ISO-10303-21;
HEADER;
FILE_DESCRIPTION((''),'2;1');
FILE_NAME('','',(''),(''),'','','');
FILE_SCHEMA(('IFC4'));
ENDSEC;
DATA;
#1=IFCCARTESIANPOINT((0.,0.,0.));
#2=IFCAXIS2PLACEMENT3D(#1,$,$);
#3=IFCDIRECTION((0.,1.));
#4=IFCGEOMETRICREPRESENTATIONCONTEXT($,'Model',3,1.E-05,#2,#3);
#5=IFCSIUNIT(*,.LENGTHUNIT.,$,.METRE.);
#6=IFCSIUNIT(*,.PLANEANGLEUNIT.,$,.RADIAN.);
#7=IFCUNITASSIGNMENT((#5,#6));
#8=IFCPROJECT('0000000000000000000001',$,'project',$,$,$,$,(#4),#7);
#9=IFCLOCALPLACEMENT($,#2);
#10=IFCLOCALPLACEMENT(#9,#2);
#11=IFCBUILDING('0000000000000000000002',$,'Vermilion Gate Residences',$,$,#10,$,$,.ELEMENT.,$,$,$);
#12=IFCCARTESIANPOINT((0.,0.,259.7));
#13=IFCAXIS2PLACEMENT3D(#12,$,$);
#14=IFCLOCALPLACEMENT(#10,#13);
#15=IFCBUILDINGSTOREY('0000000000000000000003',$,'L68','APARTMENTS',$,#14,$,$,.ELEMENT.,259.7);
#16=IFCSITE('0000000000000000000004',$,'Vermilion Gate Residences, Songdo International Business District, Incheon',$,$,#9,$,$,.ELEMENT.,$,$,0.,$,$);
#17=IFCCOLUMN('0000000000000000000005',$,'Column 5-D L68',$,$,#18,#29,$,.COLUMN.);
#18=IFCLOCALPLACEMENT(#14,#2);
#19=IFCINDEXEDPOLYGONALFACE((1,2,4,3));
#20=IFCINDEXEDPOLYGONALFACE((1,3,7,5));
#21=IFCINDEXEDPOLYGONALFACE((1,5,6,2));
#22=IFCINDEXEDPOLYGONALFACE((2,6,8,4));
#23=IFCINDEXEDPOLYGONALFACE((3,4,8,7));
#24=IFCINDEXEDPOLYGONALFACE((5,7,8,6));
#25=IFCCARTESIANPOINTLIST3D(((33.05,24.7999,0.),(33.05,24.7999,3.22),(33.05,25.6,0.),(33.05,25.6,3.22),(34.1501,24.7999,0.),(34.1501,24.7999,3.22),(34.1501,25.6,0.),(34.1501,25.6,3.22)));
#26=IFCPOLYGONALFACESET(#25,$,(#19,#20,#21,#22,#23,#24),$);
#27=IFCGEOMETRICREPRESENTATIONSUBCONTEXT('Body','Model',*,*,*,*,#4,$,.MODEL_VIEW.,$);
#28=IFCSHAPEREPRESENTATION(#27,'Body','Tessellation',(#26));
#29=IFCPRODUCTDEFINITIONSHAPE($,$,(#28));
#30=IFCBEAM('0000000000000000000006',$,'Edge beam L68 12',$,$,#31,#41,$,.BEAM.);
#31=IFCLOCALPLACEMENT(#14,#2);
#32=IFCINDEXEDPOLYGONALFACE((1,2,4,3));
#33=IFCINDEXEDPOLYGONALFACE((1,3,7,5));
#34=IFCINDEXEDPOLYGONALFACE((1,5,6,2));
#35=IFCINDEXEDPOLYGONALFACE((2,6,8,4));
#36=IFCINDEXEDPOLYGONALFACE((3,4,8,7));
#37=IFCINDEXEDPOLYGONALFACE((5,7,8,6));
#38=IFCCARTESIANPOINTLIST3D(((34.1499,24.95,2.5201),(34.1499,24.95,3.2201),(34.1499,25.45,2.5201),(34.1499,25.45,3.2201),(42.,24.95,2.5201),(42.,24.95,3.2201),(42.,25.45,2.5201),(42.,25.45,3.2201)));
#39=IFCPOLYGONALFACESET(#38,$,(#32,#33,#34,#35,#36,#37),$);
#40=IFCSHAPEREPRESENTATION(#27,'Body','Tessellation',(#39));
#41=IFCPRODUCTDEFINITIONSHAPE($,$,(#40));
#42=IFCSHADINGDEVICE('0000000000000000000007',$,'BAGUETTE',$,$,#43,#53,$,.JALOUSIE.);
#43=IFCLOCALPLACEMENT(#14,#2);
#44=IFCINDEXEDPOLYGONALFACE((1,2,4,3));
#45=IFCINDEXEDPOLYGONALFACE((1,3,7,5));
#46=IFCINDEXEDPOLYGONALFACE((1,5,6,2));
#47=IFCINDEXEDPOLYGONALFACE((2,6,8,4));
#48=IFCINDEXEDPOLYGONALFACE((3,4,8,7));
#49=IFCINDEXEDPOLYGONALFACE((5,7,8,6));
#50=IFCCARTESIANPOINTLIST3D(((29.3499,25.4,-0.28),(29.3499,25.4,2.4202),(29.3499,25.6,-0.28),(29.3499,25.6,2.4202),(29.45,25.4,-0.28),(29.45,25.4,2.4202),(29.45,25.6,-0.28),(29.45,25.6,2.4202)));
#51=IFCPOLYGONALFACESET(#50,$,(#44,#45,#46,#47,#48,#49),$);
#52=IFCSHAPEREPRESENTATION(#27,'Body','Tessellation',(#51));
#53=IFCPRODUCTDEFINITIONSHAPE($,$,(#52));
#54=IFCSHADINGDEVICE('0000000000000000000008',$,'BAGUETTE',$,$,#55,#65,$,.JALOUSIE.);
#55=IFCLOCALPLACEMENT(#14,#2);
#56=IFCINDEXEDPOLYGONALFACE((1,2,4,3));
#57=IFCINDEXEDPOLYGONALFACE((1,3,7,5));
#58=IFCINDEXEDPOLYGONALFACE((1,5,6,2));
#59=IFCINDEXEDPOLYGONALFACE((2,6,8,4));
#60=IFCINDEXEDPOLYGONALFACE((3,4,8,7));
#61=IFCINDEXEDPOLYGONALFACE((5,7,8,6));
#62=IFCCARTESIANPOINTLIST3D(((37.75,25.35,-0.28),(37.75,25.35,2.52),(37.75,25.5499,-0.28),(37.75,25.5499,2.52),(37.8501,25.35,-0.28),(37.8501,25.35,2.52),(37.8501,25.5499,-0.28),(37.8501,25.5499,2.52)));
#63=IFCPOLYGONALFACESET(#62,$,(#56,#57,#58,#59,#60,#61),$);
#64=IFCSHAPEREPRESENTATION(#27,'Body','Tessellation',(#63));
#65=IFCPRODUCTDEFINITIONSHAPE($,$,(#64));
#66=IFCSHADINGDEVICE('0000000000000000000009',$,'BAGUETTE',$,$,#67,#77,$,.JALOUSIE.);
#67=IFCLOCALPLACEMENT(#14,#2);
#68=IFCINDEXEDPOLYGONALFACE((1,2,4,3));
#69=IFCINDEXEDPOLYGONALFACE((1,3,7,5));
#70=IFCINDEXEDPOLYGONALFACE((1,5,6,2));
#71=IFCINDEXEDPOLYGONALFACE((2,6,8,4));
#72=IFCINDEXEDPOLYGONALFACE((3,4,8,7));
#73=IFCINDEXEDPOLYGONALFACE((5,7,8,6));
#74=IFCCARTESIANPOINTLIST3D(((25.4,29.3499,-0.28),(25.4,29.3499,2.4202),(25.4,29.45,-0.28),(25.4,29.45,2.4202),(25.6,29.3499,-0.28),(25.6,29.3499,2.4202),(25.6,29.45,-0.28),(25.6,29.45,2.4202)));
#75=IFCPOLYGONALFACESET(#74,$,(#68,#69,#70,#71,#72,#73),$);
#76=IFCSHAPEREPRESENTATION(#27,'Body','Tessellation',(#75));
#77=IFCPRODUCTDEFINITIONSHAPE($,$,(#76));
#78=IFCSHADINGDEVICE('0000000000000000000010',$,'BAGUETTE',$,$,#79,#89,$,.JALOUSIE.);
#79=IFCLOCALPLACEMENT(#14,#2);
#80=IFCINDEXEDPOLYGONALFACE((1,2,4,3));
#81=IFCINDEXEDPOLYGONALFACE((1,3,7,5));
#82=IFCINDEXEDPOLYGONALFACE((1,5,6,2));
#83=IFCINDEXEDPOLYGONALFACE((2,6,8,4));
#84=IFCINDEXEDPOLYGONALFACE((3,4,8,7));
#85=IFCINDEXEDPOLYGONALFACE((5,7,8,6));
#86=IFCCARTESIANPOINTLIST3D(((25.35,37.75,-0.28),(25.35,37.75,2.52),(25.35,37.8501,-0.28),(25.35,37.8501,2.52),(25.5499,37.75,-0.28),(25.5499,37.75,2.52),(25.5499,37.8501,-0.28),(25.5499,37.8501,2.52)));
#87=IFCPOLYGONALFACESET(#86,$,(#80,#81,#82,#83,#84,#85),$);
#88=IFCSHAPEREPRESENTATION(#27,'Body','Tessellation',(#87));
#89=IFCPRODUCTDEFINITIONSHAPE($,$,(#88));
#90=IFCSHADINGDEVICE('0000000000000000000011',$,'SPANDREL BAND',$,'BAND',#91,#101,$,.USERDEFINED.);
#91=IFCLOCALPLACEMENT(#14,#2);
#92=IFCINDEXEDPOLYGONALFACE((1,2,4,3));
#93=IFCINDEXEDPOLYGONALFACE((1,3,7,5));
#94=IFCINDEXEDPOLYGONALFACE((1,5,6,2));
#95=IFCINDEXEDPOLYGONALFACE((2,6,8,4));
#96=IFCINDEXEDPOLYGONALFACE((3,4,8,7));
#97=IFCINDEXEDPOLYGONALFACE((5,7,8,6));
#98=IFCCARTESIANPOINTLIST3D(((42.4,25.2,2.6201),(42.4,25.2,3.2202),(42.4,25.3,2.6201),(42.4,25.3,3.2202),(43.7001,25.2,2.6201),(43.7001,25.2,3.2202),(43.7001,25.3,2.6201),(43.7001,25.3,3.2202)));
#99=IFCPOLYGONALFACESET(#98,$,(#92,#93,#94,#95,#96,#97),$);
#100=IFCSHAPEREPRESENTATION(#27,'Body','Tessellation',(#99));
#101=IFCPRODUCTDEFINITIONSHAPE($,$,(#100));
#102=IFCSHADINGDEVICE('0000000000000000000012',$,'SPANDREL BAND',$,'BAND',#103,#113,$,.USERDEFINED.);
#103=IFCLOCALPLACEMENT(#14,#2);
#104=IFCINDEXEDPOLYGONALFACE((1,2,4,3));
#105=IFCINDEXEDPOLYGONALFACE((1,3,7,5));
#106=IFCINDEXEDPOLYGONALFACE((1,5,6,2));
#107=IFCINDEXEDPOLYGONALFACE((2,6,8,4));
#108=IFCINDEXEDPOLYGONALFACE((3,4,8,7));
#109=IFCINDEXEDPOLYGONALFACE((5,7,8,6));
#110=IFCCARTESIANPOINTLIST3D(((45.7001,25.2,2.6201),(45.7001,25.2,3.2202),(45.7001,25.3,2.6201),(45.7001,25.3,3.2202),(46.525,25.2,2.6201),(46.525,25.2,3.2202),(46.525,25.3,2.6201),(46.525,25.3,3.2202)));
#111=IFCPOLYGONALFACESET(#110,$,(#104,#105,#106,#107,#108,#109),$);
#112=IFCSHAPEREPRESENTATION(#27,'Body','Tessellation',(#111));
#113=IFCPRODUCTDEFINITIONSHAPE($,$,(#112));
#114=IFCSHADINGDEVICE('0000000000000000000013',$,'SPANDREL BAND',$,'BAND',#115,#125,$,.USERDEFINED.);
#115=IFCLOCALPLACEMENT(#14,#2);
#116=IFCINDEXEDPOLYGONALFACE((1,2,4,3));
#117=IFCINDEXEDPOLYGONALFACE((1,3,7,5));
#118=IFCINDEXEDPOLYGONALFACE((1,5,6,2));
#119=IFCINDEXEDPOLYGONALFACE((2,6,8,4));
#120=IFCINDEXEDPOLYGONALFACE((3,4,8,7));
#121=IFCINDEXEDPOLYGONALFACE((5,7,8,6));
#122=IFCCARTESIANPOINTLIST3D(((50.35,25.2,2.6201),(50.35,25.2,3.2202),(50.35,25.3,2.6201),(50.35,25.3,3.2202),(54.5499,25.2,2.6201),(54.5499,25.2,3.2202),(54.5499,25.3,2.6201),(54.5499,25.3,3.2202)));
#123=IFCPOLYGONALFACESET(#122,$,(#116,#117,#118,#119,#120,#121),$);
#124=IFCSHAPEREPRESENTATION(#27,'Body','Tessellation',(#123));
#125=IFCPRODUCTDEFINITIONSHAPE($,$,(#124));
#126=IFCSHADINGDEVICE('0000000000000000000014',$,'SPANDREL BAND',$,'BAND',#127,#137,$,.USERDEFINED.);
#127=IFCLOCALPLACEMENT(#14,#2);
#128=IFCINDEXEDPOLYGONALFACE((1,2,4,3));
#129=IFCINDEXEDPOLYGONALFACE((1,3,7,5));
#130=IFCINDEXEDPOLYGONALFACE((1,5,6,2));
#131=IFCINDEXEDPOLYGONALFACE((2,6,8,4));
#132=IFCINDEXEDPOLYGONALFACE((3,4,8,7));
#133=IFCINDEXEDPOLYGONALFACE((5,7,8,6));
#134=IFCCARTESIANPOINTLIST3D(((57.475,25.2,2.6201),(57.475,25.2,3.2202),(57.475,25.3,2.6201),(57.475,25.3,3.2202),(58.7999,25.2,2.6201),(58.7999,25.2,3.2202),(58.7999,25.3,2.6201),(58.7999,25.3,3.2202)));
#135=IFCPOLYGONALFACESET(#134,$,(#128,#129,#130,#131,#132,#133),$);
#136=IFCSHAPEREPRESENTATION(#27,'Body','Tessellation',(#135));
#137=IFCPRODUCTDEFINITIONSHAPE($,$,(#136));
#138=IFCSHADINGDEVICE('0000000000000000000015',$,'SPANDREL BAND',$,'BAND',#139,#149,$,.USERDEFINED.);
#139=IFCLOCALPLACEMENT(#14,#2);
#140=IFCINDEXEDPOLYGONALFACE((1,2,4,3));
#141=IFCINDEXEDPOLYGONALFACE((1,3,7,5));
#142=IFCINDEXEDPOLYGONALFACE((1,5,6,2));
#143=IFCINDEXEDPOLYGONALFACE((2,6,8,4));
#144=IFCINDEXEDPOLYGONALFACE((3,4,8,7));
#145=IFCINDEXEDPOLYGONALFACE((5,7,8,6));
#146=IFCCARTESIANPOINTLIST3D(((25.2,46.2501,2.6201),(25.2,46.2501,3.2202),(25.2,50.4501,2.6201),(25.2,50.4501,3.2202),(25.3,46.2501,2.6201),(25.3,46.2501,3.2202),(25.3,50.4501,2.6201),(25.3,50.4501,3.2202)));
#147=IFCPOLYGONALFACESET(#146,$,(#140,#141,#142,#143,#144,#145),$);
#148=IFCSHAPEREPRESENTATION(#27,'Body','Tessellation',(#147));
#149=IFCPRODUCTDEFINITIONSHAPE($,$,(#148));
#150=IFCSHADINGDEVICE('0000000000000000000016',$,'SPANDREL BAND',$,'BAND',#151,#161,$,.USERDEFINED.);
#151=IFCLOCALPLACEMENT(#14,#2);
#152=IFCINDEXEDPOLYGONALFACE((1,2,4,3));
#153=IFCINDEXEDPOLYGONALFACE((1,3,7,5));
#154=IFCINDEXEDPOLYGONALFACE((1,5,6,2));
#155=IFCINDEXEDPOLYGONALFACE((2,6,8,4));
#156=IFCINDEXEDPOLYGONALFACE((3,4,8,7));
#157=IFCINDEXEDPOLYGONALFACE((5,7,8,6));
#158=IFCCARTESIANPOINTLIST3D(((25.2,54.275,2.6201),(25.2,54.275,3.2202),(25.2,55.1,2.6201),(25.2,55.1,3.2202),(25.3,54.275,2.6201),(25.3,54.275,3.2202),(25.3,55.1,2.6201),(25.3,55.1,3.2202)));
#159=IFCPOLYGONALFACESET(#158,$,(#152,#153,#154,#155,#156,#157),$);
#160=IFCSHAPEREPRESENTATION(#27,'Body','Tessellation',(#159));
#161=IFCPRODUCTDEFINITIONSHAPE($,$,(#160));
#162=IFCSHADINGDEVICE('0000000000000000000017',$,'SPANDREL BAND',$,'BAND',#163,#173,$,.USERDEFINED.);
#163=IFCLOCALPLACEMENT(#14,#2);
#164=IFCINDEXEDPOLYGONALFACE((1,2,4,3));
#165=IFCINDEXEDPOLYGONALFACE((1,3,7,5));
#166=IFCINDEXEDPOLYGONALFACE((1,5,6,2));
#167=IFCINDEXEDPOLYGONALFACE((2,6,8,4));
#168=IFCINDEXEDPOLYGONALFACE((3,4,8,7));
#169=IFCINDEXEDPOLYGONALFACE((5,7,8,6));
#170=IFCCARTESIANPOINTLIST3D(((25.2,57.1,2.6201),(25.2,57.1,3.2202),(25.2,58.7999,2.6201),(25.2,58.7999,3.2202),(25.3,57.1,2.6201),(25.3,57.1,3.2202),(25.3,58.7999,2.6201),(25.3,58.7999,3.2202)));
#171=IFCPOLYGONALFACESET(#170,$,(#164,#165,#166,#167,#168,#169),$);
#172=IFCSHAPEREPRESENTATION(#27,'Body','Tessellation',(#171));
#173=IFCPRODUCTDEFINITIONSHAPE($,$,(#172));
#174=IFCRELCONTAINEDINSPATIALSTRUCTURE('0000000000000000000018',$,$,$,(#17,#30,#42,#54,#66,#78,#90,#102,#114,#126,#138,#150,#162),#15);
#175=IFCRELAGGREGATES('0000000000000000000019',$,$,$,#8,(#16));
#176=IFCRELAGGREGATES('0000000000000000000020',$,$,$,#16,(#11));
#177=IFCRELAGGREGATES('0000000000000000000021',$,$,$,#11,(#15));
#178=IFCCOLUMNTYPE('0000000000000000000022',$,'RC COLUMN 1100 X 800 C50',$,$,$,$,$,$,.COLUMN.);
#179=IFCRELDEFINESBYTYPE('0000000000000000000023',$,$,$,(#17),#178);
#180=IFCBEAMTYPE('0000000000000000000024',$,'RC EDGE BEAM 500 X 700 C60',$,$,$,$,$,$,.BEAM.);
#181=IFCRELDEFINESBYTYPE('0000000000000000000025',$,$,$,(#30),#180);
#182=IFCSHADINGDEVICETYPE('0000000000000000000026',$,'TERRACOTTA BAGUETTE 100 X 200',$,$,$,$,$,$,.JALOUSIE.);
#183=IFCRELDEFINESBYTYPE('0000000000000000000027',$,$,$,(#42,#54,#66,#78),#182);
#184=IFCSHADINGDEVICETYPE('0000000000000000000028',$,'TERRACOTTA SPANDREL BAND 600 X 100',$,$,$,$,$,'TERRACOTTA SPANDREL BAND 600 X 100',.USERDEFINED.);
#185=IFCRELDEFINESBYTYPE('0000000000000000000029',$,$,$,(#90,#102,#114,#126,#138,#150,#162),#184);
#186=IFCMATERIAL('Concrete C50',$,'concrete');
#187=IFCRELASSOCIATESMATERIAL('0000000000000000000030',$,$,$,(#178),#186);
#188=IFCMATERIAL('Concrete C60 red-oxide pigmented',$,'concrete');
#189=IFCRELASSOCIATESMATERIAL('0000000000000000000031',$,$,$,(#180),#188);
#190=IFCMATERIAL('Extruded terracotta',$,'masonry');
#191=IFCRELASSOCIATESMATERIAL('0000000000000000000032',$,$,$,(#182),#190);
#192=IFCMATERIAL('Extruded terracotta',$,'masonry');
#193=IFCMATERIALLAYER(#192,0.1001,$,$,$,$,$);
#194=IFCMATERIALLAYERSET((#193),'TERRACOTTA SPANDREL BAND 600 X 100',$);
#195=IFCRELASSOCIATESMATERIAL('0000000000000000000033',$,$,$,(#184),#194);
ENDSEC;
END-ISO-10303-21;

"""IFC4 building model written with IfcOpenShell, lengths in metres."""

from ifc_helpers import new_model, si_unit, direction, frame, origin, origin_2d, place, context, subcontext, project, spatial, rectangle, extrude, material, layer, layer_set, material_profile, profile_set, type_object, element, save


model = new_model("IFC4")

# Units and contexts
model_context = context("Model", 3, precision=1e-05, world=origin(), true_north=direction((0.0, 1.0)))
body_context = subcontext(model_context, "Body", "Model", "MODEL_VIEW")
ifc_project = project(units=[si_unit("LENGTHUNIT", "METRE"), si_unit("PLANEANGLEUNIT", "RADIAN")], contexts=[model_context])

# Site, building, storey
site_placement = place(None, origin())
site = spatial("IfcSite", under=ifc_project, at=site_placement, Name="Vermilion Gate Residences, Songdo International Business District, Incheon", CompositionType="ELEMENT", RefElevation=0.0)
building_placement = place(site_placement, origin())
building = spatial("IfcBuilding", under=site, at=building_placement, Name="Vermilion Gate Residences", CompositionType="ELEMENT")
storey_placement = place(building_placement, frame((0.0, 0.0, 259.7)))
storey = spatial("IfcBuildingStorey", under=building, at=storey_placement, Name="L68", Description="APARTMENTS", CompositionType="ELEMENT", Elevation=259.7)

# Column
ifc_material_1 = material(Name="Concrete C50", Category="concrete")
ifc_material_profile_1 = material_profile(ifc_material_1, rectangle(XDim=1.1001, YDim=0.8, at=origin_2d()), Name="RC-1100x800")
ifc_profile_set_1 = profile_set([ifc_material_profile_1], Name="Concrete C50")
column_type = type_object("IfcColumnType", Name="RC COLUMN 1100 X 800 C50", PredefinedType="COLUMN", material=ifc_profile_set_1)
column_placement = place(storey_placement, frame((33.6001, 25.2, 0.0), z_axis=(0.0, 0.0, 1.0), x_axis=(1.0, 0.0, 0.0)))
element("IfcColumn", 1, at=column_placement, inside=storey, type_object=column_type, Name="Column 5-D L68", PredefinedType="COLUMN", context=body_context, shape_type="SweptSolid", body=[
    extrude(rectangle(XDim=1.1001, YDim=0.8, at=origin_2d()), origin(), (0.0, 0.0, 1.0), 3.22),
])

# Beam
ifc_material_2 = material(Name="Concrete C60 red-oxide pigmented", Category="concrete")
ifc_material_profile_2 = material_profile(ifc_material_2, rectangle(XDim=0.5, YDim=0.7, at=origin_2d()), Name="RC-500x700")
ifc_profile_set_2 = profile_set([ifc_material_profile_2], Name="Concrete C60 red-oxide pigmented")
beam_type = type_object("IfcBeamType", Name="RC EDGE BEAM 500 X 700 C60", PredefinedType="BEAM", material=ifc_profile_set_2)
beam_placement = place(storey_placement, frame((34.1499, 25.2, 2.8701), z_axis=(1.0, 0.0, 0.0), x_axis=(0.0, 1.0, 0.0)))
element("IfcBeam", 2, at=beam_placement, inside=storey, type_object=beam_type, Name="Edge beam L68 12", PredefinedType="BEAM", context=body_context, shape_type="SweptSolid", body=[
    extrude(rectangle(XDim=0.5, YDim=0.7, at=origin_2d()), origin(), (0.0, 0.0, 1.0), 7.8501),
])

# Shading devices
ifc_material_3 = material(Name="Extruded terracotta", Category="masonry")
ifc_material_profile_3 = material_profile(ifc_material_3, rectangle(XDim=0.2, YDim=0.1001, at=origin_2d()), Name="BAGUETTE 100 X 200")
ifc_profile_set_3 = profile_set([ifc_material_profile_3], Name="Extruded terracotta")
shading_device_type_1 = type_object("IfcShadingDeviceType", Name="TERRACOTTA BAGUETTE 100 X 200", PredefinedType="JALOUSIE", material=ifc_profile_set_3)
shading_device_1_placement = place(storey_placement, frame((29.3999, 25.5, -0.28), z_axis=(0.0, 0.0, 1.0), x_axis=(0.0, -1.0, 0.0)))
element("IfcShadingDevice", 3, at=shading_device_1_placement, inside=storey, type_object=shading_device_type_1, Name="BAGUETTE", PredefinedType="JALOUSIE", context=body_context, shape_type="SweptSolid", body=[
    extrude(rectangle(XDim=0.2, YDim=0.1001, at=origin_2d()), origin(), (0.0, 0.0, 1.0), 2.7002),
])
shading_device_2_placement = place(storey_placement, frame((37.8, 25.45, -0.28), z_axis=(0.0, 0.0, 1.0), x_axis=(0.0, -1.0, 0.0)))
element("IfcShadingDevice", 4, at=shading_device_2_placement, inside=storey, type_object=shading_device_type_1, Name="BAGUETTE", PredefinedType="JALOUSIE", context=body_context, shape_type="SweptSolid", body=[
    extrude(rectangle(XDim=0.2, YDim=0.1001, at=origin_2d()), origin(), (0.0, 0.0, 1.0), 2.8),
])
shading_device_3_placement = place(storey_placement, frame((25.5, 29.3999, -0.28), z_axis=(0.0, 0.0, 1.0), x_axis=(-1.0, 0.0, 0.0)))
element("IfcShadingDevice", 5, at=shading_device_3_placement, inside=storey, type_object=shading_device_type_1, Name="BAGUETTE", PredefinedType="JALOUSIE", context=body_context, shape_type="SweptSolid", body=[
    extrude(rectangle(XDim=0.2, YDim=0.1001, at=origin_2d()), origin(), (0.0, 0.0, 1.0), 2.7002),
])
shading_device_4_placement = place(storey_placement, frame((25.45, 37.8, -0.28), z_axis=(0.0, 0.0, 1.0), x_axis=(-1.0, 0.0, 0.0)))
element("IfcShadingDevice", 6, at=shading_device_4_placement, inside=storey, type_object=shading_device_type_1, Name="BAGUETTE", PredefinedType="JALOUSIE", context=body_context, shape_type="SweptSolid", body=[
    extrude(rectangle(XDim=0.2, YDim=0.1001, at=origin_2d()), origin(), (0.0, 0.0, 1.0), 2.8),
])
ifc_material_4 = material(Name="Extruded terracotta", Category="masonry")
ifc_layer = layer(ifc_material_4, 0.1001)
ifc_layer_set = layer_set([ifc_layer], Name="TERRACOTTA SPANDREL BAND 600 X 100")
shading_device_type_2 = type_object("IfcShadingDeviceType", Name="TERRACOTTA SPANDREL BAND 600 X 100", ElementType="TERRACOTTA SPANDREL BAND 600 X 100", PredefinedType="USERDEFINED", material=ifc_layer_set)
shading_device_5_placement = place(storey_placement, frame((43.05, 25.25, 2.6201), z_axis=(0.0, 0.0, 1.0), x_axis=(1.0, 0.0, 0.0)))
element("IfcShadingDevice", 7, at=shading_device_5_placement, inside=storey, type_object=shading_device_type_2, Name="SPANDREL BAND", ObjectType="BAND", PredefinedType="USERDEFINED", context=body_context, shape_type="SweptSolid", body=[
    extrude(rectangle(XDim=1.3, YDim=0.1001, at=origin_2d()), origin(), (0.0, 0.0, 1.0), 0.6001),
])
shading_device_6_placement = place(storey_placement, frame((46.1125, 25.25, 2.6201), z_axis=(0.0, 0.0, 1.0), x_axis=(1.0, 0.0, 0.0)))
element("IfcShadingDevice", 8, at=shading_device_6_placement, inside=storey, type_object=shading_device_type_2, Name="SPANDREL BAND", ObjectType="BAND", PredefinedType="USERDEFINED", context=body_context, shape_type="SweptSolid", body=[
    extrude(rectangle(XDim=0.825, YDim=0.1001, at=origin_2d()), origin(), (0.0, 0.0, 1.0), 0.6001),
])
shading_device_7_placement = place(storey_placement, frame((52.45, 25.25, 2.6201), z_axis=(0.0, 0.0, 1.0), x_axis=(1.0, 0.0, 0.0)))
element("IfcShadingDevice", 9, at=shading_device_7_placement, inside=storey, type_object=shading_device_type_2, Name="SPANDREL BAND", ObjectType="BAND", PredefinedType="USERDEFINED", context=body_context, shape_type="SweptSolid", body=[
    extrude(rectangle(XDim=4.2, YDim=0.1001, at=origin_2d()), origin(), (0.0, 0.0, 1.0), 0.6001),
])
shading_device_8_placement = place(storey_placement, frame((58.1375, 25.25, 2.6201), z_axis=(0.0, 0.0, 1.0), x_axis=(1.0, 0.0, 0.0)))
element("IfcShadingDevice", 10, at=shading_device_8_placement, inside=storey, type_object=shading_device_type_2, Name="SPANDREL BAND", ObjectType="BAND", PredefinedType="USERDEFINED", context=body_context, shape_type="SweptSolid", body=[
    extrude(rectangle(XDim=1.325, YDim=0.1001, at=origin_2d()), origin(), (0.0, 0.0, 1.0), 0.6001),
])
shading_device_9_placement = place(storey_placement, frame((25.25, 48.3501, 2.6201), z_axis=(0.0, 0.0, 1.0), x_axis=(0.0, 1.0, 0.0)))
element("IfcShadingDevice", 11, at=shading_device_9_placement, inside=storey, type_object=shading_device_type_2, Name="SPANDREL BAND", ObjectType="BAND", PredefinedType="USERDEFINED", context=body_context, shape_type="SweptSolid", body=[
    extrude(rectangle(XDim=4.2, YDim=0.1001, at=origin_2d()), origin(), (0.0, 0.0, 1.0), 0.6001),
])
shading_device_10_placement = place(storey_placement, frame((25.25, 54.6875, 2.6201), z_axis=(0.0, 0.0, 1.0), x_axis=(0.0, 1.0, 0.0)))
element("IfcShadingDevice", 12, at=shading_device_10_placement, inside=storey, type_object=shading_device_type_2, Name="SPANDREL BAND", ObjectType="BAND", PredefinedType="USERDEFINED", context=body_context, shape_type="SweptSolid", body=[
    extrude(rectangle(XDim=0.825, YDim=0.1001, at=origin_2d()), origin(), (0.0, 0.0, 1.0), 0.6001),
])
shading_device_11_placement = place(storey_placement, frame((25.25, 57.95, 2.6201), z_axis=(0.0, 0.0, 1.0), x_axis=(0.0, 1.0, 0.0)))
element("IfcShadingDevice", 13, at=shading_device_11_placement, inside=storey, type_object=shading_device_type_2, Name="SPANDREL BAND", ObjectType="BAND", PredefinedType="USERDEFINED", context=body_context, shape_type="SweptSolid", body=[
    extrude(rectangle(XDim=1.7, YDim=0.1001, at=origin_2d()), origin(), (0.0, 0.0, 1.0), 0.6001),
])

save(model, "model.ifc")
